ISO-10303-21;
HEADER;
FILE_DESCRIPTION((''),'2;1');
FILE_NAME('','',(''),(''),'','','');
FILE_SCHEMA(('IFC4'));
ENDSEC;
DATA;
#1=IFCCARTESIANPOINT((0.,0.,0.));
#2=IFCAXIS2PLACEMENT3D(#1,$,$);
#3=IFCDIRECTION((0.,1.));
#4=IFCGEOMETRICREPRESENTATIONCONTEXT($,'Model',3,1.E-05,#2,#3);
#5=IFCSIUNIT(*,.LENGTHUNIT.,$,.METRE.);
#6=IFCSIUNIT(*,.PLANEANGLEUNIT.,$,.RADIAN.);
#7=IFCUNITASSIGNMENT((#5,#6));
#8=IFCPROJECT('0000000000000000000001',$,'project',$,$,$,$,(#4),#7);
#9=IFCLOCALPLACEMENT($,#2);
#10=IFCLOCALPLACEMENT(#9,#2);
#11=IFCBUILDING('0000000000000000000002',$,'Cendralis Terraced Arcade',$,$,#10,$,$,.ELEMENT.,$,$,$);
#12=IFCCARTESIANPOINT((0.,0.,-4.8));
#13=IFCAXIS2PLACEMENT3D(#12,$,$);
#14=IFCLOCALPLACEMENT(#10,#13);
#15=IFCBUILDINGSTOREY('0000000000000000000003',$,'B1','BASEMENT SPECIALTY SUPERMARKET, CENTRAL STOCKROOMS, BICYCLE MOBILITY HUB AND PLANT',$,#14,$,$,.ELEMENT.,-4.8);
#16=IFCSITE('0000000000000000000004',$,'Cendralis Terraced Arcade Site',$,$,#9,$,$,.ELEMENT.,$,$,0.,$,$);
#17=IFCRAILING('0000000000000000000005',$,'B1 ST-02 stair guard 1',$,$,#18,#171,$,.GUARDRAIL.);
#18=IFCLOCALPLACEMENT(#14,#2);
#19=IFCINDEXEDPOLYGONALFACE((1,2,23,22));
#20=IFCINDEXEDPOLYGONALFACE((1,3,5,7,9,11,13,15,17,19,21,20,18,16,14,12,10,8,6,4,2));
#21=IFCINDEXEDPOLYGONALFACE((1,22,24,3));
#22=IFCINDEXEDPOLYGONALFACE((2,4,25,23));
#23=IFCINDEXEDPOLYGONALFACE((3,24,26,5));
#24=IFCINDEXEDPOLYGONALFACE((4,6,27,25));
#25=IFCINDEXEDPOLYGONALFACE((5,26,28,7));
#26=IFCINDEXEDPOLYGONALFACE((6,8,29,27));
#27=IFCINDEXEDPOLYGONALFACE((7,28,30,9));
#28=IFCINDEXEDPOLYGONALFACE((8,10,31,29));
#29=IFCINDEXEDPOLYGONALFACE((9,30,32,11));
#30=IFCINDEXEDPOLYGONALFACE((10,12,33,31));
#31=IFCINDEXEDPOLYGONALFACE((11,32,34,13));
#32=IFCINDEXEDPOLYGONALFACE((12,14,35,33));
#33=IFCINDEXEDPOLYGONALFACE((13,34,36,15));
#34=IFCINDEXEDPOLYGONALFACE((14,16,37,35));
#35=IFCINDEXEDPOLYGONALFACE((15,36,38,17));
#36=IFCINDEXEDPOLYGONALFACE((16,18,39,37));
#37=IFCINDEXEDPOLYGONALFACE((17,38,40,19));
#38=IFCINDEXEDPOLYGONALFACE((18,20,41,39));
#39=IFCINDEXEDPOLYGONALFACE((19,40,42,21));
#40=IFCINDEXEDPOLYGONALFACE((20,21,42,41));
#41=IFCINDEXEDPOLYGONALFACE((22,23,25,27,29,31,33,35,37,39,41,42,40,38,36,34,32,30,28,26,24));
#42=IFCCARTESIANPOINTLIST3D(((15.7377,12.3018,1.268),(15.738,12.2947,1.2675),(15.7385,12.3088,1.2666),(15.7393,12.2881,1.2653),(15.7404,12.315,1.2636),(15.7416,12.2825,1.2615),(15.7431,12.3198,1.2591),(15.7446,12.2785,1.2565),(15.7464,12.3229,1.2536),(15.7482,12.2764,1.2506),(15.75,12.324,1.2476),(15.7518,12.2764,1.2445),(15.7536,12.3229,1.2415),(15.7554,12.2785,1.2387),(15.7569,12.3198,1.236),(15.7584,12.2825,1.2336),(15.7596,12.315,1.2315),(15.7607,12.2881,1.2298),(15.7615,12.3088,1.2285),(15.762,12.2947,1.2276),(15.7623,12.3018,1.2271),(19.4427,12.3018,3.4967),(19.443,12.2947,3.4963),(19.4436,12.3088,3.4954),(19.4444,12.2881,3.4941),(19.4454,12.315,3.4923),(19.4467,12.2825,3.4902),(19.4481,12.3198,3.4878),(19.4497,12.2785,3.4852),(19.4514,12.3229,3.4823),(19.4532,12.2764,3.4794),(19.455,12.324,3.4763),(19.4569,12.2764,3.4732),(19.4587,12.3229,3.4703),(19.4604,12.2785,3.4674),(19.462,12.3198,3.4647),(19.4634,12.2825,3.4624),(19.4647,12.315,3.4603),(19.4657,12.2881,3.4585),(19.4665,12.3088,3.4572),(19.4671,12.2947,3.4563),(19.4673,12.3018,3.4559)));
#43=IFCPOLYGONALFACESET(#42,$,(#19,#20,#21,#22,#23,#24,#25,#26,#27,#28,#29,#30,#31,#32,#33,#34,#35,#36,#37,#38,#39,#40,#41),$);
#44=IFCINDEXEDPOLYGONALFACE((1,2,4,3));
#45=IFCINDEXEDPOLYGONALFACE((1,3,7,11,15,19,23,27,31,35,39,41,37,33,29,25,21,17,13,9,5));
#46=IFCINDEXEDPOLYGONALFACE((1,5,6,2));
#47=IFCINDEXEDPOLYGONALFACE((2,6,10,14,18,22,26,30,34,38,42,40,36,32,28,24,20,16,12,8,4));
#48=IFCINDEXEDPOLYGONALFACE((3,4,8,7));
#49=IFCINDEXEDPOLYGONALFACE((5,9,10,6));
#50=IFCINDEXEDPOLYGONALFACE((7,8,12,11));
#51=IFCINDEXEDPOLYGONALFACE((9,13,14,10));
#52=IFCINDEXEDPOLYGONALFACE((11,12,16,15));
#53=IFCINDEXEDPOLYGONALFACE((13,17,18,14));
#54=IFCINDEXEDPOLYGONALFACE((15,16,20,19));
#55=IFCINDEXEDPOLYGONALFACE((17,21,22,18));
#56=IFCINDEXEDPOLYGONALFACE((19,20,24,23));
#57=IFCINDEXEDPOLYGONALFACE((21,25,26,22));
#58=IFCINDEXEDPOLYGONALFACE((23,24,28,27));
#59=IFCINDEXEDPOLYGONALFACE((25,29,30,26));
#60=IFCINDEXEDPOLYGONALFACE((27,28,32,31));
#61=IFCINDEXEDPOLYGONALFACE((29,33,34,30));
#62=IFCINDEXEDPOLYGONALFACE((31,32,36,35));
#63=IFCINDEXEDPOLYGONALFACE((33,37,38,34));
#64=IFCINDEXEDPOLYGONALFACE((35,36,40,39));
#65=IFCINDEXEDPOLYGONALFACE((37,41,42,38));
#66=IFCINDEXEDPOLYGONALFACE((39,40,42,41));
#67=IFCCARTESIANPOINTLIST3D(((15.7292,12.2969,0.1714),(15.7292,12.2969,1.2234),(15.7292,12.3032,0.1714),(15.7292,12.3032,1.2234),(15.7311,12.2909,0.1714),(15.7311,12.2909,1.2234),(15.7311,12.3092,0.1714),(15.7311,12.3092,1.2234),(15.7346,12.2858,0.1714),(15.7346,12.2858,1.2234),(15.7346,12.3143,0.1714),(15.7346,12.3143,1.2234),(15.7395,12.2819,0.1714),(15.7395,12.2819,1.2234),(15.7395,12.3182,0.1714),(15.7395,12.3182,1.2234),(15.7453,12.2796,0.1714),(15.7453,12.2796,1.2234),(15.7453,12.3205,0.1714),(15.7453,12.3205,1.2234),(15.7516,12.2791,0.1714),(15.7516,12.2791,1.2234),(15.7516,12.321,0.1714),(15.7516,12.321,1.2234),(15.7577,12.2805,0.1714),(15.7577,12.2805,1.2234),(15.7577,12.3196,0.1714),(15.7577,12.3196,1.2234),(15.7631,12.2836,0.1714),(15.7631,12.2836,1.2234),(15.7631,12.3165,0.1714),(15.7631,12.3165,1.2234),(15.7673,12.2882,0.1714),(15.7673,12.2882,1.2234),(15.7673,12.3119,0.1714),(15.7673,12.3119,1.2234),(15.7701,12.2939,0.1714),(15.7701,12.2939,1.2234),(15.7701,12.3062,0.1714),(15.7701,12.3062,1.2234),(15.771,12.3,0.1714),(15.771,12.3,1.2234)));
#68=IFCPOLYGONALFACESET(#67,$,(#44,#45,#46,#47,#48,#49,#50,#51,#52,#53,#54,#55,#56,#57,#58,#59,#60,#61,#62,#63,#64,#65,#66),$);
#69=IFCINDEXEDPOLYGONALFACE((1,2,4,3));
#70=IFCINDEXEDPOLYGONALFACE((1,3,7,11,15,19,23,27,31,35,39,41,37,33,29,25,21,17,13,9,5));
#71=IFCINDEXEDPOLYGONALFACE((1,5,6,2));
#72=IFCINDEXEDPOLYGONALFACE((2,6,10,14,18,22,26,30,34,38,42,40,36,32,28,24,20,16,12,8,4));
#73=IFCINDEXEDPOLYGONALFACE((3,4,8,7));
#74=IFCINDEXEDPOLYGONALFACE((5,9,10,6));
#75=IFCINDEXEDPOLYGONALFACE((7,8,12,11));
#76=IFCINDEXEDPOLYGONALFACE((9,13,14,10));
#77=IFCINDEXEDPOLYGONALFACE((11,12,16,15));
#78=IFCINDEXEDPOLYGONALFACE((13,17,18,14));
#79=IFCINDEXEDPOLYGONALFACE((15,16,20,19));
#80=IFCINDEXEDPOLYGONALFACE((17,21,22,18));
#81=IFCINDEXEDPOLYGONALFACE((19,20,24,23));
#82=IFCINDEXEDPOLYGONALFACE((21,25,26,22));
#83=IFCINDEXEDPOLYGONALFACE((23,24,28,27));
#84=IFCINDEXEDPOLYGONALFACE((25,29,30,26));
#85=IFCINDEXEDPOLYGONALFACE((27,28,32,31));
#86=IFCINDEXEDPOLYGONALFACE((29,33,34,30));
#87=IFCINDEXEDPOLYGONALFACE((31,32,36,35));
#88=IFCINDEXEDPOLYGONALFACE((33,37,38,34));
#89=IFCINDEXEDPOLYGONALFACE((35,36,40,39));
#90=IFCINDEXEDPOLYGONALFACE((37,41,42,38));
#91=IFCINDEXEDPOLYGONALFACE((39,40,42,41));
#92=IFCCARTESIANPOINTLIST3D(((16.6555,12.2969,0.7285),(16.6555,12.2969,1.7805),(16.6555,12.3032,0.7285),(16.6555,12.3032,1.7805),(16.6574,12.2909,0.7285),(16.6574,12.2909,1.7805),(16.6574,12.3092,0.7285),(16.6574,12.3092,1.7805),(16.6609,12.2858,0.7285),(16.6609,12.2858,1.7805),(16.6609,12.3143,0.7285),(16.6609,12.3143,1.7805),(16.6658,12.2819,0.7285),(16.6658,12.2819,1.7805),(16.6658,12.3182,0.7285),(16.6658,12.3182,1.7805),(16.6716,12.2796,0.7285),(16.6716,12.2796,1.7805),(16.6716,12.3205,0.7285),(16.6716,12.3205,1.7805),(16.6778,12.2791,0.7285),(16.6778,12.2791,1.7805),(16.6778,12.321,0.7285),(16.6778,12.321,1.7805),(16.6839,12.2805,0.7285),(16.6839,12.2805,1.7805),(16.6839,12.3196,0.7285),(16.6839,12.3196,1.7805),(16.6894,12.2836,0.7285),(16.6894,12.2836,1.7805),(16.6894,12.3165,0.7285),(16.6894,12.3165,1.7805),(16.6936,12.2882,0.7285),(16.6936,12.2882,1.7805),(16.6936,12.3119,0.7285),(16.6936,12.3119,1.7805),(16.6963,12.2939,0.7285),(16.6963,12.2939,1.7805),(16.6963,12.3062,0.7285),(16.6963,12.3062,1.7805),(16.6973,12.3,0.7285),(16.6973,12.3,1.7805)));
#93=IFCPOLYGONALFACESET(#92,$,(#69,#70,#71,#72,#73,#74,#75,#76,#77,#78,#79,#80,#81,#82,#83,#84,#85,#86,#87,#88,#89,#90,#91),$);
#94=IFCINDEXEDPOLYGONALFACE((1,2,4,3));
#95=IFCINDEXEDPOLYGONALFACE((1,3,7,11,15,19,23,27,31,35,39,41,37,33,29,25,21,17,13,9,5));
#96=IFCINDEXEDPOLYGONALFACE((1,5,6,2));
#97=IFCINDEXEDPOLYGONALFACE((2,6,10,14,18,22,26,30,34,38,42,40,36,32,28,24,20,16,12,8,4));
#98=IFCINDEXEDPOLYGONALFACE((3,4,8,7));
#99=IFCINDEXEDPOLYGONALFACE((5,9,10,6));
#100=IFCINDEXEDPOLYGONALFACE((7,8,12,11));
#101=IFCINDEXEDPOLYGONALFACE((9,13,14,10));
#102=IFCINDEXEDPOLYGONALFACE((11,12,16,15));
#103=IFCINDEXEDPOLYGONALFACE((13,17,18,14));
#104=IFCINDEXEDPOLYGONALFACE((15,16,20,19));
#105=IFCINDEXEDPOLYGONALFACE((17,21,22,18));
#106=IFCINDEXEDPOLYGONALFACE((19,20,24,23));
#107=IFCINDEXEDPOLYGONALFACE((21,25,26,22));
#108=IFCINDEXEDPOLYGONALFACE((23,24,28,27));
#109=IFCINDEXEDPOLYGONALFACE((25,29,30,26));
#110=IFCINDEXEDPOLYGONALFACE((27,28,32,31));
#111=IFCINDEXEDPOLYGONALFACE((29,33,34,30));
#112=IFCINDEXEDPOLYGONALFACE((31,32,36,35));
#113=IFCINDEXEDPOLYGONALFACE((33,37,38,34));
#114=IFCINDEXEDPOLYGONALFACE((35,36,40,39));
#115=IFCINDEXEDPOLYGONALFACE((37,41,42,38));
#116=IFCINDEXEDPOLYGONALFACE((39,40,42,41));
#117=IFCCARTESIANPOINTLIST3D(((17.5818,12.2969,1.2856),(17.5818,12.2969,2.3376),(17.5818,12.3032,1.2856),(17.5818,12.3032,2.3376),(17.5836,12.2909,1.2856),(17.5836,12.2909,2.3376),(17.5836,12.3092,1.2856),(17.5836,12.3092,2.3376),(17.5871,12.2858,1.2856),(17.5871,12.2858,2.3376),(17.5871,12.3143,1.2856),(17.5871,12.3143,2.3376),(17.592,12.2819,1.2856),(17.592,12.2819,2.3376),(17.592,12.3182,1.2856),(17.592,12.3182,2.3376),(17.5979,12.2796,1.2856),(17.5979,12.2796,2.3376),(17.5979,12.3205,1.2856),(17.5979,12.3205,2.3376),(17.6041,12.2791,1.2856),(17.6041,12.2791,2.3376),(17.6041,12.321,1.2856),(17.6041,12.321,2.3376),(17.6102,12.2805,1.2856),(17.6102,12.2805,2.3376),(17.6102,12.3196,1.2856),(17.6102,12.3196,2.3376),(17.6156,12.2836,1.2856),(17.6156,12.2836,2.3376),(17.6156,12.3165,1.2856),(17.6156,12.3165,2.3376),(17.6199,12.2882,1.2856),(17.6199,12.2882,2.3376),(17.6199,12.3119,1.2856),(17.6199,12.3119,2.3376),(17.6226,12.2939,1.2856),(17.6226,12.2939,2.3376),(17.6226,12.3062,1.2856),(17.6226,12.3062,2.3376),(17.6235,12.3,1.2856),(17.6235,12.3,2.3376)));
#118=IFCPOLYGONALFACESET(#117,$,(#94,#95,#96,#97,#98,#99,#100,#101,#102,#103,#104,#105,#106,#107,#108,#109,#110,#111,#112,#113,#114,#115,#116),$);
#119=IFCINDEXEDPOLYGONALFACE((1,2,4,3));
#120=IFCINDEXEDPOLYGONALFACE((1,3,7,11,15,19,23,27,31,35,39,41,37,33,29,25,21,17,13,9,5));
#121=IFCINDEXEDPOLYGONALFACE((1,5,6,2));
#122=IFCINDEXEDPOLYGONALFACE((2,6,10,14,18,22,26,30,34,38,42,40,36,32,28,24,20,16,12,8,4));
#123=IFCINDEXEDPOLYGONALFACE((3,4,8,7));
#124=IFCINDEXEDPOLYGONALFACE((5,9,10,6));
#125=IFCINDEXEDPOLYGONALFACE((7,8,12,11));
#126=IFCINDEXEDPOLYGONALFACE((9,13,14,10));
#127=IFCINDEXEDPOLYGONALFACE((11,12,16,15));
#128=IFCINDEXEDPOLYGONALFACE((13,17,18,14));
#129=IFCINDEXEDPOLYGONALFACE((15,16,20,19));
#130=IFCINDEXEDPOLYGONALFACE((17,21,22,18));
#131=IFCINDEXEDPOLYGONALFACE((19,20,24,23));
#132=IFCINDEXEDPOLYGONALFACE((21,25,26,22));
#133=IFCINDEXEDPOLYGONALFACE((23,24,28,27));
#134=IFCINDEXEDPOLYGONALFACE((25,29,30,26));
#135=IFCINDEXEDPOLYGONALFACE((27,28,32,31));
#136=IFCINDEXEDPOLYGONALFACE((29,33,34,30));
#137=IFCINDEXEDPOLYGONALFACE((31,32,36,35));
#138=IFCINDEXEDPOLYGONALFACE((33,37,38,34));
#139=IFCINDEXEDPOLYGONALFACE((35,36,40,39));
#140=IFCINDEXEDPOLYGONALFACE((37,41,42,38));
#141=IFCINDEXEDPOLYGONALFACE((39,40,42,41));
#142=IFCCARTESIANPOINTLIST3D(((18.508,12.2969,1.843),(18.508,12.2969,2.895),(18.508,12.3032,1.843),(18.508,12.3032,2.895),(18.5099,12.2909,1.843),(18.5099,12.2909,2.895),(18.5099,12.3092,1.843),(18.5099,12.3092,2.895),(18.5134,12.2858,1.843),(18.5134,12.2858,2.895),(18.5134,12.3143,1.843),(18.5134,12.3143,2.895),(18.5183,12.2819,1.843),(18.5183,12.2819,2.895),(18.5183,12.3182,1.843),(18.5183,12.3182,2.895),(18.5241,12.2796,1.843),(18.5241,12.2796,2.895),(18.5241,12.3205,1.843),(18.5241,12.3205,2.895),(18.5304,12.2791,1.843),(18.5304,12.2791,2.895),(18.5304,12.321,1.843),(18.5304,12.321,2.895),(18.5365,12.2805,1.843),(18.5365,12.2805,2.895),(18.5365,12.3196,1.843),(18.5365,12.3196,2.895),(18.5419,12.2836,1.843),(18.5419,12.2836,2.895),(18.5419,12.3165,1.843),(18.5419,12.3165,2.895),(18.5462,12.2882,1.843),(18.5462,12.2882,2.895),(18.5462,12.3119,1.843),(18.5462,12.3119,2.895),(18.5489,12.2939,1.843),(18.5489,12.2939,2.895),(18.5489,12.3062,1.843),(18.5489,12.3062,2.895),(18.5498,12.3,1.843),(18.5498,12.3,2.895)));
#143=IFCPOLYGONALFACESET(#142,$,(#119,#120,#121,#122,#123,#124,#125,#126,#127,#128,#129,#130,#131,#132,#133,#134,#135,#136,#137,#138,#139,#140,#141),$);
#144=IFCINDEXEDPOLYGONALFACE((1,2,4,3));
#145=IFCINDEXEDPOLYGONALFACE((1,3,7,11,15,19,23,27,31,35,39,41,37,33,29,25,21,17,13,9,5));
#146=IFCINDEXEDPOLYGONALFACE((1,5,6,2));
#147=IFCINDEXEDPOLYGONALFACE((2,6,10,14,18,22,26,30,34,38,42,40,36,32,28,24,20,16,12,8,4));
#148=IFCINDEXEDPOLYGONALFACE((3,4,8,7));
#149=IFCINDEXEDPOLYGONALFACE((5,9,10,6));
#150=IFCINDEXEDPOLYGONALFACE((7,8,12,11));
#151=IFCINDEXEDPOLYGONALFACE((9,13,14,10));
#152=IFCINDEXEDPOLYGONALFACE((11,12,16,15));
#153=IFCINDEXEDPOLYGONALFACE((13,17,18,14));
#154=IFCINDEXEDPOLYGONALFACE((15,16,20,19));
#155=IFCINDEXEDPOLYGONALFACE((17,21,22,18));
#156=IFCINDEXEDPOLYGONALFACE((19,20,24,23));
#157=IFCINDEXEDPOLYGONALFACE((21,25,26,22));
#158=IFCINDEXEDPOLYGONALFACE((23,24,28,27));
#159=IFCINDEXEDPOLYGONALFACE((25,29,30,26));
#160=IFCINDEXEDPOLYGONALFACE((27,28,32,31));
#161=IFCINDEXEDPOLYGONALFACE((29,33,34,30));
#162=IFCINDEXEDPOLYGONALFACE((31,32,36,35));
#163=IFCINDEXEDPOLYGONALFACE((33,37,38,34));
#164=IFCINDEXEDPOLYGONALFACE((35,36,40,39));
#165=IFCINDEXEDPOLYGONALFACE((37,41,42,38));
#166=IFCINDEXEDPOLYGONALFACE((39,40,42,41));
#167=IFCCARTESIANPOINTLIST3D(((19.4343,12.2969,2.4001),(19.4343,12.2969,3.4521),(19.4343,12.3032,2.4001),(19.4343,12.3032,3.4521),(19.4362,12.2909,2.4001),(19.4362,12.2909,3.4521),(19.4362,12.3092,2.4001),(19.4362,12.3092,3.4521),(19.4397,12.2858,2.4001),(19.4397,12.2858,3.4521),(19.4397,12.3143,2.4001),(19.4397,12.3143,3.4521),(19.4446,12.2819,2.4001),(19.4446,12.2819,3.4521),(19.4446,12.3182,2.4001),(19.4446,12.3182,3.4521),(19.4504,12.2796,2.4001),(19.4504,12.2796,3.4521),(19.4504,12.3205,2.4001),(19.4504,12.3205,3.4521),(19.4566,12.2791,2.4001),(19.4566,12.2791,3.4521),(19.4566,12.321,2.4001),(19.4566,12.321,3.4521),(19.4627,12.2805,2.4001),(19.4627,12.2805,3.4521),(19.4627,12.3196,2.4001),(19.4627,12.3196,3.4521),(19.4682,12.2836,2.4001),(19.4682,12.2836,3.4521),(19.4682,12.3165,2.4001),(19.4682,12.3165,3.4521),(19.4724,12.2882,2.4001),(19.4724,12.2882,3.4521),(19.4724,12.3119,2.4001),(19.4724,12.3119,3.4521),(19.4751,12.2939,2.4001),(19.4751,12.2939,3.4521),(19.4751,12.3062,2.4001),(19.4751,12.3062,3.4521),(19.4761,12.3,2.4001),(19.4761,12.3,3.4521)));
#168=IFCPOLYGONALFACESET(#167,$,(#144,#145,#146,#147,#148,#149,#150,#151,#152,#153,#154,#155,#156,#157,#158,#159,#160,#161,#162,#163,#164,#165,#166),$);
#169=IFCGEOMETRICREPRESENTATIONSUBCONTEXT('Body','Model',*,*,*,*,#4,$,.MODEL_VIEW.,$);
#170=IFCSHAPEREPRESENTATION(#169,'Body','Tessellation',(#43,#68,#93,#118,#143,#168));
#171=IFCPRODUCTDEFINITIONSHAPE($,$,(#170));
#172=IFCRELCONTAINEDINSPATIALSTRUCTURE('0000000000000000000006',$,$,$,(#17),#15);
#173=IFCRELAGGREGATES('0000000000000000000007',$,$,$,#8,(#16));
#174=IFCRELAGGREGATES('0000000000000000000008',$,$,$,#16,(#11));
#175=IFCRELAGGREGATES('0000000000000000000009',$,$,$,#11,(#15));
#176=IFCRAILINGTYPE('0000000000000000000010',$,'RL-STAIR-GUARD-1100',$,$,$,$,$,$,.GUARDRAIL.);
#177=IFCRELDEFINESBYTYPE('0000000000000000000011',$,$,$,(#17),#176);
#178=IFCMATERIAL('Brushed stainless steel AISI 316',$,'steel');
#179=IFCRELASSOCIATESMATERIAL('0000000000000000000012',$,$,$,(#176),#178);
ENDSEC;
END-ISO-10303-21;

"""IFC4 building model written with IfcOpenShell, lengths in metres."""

from ifc_helpers import new_model, si_unit, direction, frame, origin, origin_2d, place, context, subcontext, project, spatial, circle, extrude, material, type_object, element, save


model = new_model("IFC4")

# Units and contexts
model_context = context("Model", 3, precision=1e-05, world=origin(), true_north=direction((0.0, 1.0)))
body_context = subcontext(model_context, "Body", "Model", "MODEL_VIEW")
ifc_project = project(units=[si_unit("LENGTHUNIT", "METRE"), si_unit("PLANEANGLEUNIT", "RADIAN")], contexts=[model_context])

# Site, building, storey
site_placement = place(None, origin())
site = spatial("IfcSite", under=ifc_project, at=site_placement, Name="Cendralis Terraced Arcade Site", CompositionType="ELEMENT", RefElevation=0.0)
building_placement = place(site_placement, origin())
building = spatial("IfcBuilding", under=site, at=building_placement, Name="Cendralis Terraced Arcade", CompositionType="ELEMENT")
storey_placement = place(building_placement, frame((0.0, 0.0, -4.8)))
storey = spatial("IfcBuildingStorey", under=building, at=storey_placement, Name="B1", Description="BASEMENT SPECIALTY SUPERMARKET, CENTRAL STOCKROOMS, BICYCLE MOBILITY HUB AND PLANT", CompositionType="ELEMENT", Elevation=-4.8)

# Railing
ifc_material_1 = material(Name="Brushed stainless steel AISI 316", Category="steel")
railing_type = type_object("IfcRailingType", Name="RL-STAIR-GUARD-1100", PredefinedType="GUARDRAIL", material=ifc_material_1)
railing_1_placement = place(storey_placement, frame((15.75, 12.3, 0.1714)))
element("IfcRailing", 1, at=railing_1_placement, inside=storey, type_object=railing_type, Name="B1 ST-02 stair guard 1", PredefinedType="GUARDRAIL", context=body_context, shape_type="SweptSolid", body=[
    extrude(circle(Radius=0.0239, at=origin_2d()), frame((0.0, 0.0, 1.0762), z_axis=(0.856909, 0.0, 0.515467), x_axis=(0.0, 1.0, 0.0)), (0.0, 0.0, 1.0), 4.3237),
    extrude(circle(Radius=0.021, at=origin_2d()), origin(), (0.0, 0.0, 1.0), 1.052),
    extrude(circle(Radius=0.021, at=origin_2d()), frame((0.9263, 0.0, 0.5571)), (0.0, 0.0, 1.0), 1.052),
    extrude(circle(Radius=0.021, at=origin_2d()), frame((1.8525, 0.0, 1.1143)), (0.0, 0.0, 1.0), 1.052),
    extrude(circle(Radius=0.021, at=origin_2d()), frame((2.7788, 0.0, 1.6716)), (0.0, 0.0, 1.0), 1.052),
    extrude(circle(Radius=0.021, at=origin_2d()), frame((3.7051, 0.0, 2.2288)), (0.0, 0.0, 1.0), 1.052),
])

save(model, "model.ifc")
